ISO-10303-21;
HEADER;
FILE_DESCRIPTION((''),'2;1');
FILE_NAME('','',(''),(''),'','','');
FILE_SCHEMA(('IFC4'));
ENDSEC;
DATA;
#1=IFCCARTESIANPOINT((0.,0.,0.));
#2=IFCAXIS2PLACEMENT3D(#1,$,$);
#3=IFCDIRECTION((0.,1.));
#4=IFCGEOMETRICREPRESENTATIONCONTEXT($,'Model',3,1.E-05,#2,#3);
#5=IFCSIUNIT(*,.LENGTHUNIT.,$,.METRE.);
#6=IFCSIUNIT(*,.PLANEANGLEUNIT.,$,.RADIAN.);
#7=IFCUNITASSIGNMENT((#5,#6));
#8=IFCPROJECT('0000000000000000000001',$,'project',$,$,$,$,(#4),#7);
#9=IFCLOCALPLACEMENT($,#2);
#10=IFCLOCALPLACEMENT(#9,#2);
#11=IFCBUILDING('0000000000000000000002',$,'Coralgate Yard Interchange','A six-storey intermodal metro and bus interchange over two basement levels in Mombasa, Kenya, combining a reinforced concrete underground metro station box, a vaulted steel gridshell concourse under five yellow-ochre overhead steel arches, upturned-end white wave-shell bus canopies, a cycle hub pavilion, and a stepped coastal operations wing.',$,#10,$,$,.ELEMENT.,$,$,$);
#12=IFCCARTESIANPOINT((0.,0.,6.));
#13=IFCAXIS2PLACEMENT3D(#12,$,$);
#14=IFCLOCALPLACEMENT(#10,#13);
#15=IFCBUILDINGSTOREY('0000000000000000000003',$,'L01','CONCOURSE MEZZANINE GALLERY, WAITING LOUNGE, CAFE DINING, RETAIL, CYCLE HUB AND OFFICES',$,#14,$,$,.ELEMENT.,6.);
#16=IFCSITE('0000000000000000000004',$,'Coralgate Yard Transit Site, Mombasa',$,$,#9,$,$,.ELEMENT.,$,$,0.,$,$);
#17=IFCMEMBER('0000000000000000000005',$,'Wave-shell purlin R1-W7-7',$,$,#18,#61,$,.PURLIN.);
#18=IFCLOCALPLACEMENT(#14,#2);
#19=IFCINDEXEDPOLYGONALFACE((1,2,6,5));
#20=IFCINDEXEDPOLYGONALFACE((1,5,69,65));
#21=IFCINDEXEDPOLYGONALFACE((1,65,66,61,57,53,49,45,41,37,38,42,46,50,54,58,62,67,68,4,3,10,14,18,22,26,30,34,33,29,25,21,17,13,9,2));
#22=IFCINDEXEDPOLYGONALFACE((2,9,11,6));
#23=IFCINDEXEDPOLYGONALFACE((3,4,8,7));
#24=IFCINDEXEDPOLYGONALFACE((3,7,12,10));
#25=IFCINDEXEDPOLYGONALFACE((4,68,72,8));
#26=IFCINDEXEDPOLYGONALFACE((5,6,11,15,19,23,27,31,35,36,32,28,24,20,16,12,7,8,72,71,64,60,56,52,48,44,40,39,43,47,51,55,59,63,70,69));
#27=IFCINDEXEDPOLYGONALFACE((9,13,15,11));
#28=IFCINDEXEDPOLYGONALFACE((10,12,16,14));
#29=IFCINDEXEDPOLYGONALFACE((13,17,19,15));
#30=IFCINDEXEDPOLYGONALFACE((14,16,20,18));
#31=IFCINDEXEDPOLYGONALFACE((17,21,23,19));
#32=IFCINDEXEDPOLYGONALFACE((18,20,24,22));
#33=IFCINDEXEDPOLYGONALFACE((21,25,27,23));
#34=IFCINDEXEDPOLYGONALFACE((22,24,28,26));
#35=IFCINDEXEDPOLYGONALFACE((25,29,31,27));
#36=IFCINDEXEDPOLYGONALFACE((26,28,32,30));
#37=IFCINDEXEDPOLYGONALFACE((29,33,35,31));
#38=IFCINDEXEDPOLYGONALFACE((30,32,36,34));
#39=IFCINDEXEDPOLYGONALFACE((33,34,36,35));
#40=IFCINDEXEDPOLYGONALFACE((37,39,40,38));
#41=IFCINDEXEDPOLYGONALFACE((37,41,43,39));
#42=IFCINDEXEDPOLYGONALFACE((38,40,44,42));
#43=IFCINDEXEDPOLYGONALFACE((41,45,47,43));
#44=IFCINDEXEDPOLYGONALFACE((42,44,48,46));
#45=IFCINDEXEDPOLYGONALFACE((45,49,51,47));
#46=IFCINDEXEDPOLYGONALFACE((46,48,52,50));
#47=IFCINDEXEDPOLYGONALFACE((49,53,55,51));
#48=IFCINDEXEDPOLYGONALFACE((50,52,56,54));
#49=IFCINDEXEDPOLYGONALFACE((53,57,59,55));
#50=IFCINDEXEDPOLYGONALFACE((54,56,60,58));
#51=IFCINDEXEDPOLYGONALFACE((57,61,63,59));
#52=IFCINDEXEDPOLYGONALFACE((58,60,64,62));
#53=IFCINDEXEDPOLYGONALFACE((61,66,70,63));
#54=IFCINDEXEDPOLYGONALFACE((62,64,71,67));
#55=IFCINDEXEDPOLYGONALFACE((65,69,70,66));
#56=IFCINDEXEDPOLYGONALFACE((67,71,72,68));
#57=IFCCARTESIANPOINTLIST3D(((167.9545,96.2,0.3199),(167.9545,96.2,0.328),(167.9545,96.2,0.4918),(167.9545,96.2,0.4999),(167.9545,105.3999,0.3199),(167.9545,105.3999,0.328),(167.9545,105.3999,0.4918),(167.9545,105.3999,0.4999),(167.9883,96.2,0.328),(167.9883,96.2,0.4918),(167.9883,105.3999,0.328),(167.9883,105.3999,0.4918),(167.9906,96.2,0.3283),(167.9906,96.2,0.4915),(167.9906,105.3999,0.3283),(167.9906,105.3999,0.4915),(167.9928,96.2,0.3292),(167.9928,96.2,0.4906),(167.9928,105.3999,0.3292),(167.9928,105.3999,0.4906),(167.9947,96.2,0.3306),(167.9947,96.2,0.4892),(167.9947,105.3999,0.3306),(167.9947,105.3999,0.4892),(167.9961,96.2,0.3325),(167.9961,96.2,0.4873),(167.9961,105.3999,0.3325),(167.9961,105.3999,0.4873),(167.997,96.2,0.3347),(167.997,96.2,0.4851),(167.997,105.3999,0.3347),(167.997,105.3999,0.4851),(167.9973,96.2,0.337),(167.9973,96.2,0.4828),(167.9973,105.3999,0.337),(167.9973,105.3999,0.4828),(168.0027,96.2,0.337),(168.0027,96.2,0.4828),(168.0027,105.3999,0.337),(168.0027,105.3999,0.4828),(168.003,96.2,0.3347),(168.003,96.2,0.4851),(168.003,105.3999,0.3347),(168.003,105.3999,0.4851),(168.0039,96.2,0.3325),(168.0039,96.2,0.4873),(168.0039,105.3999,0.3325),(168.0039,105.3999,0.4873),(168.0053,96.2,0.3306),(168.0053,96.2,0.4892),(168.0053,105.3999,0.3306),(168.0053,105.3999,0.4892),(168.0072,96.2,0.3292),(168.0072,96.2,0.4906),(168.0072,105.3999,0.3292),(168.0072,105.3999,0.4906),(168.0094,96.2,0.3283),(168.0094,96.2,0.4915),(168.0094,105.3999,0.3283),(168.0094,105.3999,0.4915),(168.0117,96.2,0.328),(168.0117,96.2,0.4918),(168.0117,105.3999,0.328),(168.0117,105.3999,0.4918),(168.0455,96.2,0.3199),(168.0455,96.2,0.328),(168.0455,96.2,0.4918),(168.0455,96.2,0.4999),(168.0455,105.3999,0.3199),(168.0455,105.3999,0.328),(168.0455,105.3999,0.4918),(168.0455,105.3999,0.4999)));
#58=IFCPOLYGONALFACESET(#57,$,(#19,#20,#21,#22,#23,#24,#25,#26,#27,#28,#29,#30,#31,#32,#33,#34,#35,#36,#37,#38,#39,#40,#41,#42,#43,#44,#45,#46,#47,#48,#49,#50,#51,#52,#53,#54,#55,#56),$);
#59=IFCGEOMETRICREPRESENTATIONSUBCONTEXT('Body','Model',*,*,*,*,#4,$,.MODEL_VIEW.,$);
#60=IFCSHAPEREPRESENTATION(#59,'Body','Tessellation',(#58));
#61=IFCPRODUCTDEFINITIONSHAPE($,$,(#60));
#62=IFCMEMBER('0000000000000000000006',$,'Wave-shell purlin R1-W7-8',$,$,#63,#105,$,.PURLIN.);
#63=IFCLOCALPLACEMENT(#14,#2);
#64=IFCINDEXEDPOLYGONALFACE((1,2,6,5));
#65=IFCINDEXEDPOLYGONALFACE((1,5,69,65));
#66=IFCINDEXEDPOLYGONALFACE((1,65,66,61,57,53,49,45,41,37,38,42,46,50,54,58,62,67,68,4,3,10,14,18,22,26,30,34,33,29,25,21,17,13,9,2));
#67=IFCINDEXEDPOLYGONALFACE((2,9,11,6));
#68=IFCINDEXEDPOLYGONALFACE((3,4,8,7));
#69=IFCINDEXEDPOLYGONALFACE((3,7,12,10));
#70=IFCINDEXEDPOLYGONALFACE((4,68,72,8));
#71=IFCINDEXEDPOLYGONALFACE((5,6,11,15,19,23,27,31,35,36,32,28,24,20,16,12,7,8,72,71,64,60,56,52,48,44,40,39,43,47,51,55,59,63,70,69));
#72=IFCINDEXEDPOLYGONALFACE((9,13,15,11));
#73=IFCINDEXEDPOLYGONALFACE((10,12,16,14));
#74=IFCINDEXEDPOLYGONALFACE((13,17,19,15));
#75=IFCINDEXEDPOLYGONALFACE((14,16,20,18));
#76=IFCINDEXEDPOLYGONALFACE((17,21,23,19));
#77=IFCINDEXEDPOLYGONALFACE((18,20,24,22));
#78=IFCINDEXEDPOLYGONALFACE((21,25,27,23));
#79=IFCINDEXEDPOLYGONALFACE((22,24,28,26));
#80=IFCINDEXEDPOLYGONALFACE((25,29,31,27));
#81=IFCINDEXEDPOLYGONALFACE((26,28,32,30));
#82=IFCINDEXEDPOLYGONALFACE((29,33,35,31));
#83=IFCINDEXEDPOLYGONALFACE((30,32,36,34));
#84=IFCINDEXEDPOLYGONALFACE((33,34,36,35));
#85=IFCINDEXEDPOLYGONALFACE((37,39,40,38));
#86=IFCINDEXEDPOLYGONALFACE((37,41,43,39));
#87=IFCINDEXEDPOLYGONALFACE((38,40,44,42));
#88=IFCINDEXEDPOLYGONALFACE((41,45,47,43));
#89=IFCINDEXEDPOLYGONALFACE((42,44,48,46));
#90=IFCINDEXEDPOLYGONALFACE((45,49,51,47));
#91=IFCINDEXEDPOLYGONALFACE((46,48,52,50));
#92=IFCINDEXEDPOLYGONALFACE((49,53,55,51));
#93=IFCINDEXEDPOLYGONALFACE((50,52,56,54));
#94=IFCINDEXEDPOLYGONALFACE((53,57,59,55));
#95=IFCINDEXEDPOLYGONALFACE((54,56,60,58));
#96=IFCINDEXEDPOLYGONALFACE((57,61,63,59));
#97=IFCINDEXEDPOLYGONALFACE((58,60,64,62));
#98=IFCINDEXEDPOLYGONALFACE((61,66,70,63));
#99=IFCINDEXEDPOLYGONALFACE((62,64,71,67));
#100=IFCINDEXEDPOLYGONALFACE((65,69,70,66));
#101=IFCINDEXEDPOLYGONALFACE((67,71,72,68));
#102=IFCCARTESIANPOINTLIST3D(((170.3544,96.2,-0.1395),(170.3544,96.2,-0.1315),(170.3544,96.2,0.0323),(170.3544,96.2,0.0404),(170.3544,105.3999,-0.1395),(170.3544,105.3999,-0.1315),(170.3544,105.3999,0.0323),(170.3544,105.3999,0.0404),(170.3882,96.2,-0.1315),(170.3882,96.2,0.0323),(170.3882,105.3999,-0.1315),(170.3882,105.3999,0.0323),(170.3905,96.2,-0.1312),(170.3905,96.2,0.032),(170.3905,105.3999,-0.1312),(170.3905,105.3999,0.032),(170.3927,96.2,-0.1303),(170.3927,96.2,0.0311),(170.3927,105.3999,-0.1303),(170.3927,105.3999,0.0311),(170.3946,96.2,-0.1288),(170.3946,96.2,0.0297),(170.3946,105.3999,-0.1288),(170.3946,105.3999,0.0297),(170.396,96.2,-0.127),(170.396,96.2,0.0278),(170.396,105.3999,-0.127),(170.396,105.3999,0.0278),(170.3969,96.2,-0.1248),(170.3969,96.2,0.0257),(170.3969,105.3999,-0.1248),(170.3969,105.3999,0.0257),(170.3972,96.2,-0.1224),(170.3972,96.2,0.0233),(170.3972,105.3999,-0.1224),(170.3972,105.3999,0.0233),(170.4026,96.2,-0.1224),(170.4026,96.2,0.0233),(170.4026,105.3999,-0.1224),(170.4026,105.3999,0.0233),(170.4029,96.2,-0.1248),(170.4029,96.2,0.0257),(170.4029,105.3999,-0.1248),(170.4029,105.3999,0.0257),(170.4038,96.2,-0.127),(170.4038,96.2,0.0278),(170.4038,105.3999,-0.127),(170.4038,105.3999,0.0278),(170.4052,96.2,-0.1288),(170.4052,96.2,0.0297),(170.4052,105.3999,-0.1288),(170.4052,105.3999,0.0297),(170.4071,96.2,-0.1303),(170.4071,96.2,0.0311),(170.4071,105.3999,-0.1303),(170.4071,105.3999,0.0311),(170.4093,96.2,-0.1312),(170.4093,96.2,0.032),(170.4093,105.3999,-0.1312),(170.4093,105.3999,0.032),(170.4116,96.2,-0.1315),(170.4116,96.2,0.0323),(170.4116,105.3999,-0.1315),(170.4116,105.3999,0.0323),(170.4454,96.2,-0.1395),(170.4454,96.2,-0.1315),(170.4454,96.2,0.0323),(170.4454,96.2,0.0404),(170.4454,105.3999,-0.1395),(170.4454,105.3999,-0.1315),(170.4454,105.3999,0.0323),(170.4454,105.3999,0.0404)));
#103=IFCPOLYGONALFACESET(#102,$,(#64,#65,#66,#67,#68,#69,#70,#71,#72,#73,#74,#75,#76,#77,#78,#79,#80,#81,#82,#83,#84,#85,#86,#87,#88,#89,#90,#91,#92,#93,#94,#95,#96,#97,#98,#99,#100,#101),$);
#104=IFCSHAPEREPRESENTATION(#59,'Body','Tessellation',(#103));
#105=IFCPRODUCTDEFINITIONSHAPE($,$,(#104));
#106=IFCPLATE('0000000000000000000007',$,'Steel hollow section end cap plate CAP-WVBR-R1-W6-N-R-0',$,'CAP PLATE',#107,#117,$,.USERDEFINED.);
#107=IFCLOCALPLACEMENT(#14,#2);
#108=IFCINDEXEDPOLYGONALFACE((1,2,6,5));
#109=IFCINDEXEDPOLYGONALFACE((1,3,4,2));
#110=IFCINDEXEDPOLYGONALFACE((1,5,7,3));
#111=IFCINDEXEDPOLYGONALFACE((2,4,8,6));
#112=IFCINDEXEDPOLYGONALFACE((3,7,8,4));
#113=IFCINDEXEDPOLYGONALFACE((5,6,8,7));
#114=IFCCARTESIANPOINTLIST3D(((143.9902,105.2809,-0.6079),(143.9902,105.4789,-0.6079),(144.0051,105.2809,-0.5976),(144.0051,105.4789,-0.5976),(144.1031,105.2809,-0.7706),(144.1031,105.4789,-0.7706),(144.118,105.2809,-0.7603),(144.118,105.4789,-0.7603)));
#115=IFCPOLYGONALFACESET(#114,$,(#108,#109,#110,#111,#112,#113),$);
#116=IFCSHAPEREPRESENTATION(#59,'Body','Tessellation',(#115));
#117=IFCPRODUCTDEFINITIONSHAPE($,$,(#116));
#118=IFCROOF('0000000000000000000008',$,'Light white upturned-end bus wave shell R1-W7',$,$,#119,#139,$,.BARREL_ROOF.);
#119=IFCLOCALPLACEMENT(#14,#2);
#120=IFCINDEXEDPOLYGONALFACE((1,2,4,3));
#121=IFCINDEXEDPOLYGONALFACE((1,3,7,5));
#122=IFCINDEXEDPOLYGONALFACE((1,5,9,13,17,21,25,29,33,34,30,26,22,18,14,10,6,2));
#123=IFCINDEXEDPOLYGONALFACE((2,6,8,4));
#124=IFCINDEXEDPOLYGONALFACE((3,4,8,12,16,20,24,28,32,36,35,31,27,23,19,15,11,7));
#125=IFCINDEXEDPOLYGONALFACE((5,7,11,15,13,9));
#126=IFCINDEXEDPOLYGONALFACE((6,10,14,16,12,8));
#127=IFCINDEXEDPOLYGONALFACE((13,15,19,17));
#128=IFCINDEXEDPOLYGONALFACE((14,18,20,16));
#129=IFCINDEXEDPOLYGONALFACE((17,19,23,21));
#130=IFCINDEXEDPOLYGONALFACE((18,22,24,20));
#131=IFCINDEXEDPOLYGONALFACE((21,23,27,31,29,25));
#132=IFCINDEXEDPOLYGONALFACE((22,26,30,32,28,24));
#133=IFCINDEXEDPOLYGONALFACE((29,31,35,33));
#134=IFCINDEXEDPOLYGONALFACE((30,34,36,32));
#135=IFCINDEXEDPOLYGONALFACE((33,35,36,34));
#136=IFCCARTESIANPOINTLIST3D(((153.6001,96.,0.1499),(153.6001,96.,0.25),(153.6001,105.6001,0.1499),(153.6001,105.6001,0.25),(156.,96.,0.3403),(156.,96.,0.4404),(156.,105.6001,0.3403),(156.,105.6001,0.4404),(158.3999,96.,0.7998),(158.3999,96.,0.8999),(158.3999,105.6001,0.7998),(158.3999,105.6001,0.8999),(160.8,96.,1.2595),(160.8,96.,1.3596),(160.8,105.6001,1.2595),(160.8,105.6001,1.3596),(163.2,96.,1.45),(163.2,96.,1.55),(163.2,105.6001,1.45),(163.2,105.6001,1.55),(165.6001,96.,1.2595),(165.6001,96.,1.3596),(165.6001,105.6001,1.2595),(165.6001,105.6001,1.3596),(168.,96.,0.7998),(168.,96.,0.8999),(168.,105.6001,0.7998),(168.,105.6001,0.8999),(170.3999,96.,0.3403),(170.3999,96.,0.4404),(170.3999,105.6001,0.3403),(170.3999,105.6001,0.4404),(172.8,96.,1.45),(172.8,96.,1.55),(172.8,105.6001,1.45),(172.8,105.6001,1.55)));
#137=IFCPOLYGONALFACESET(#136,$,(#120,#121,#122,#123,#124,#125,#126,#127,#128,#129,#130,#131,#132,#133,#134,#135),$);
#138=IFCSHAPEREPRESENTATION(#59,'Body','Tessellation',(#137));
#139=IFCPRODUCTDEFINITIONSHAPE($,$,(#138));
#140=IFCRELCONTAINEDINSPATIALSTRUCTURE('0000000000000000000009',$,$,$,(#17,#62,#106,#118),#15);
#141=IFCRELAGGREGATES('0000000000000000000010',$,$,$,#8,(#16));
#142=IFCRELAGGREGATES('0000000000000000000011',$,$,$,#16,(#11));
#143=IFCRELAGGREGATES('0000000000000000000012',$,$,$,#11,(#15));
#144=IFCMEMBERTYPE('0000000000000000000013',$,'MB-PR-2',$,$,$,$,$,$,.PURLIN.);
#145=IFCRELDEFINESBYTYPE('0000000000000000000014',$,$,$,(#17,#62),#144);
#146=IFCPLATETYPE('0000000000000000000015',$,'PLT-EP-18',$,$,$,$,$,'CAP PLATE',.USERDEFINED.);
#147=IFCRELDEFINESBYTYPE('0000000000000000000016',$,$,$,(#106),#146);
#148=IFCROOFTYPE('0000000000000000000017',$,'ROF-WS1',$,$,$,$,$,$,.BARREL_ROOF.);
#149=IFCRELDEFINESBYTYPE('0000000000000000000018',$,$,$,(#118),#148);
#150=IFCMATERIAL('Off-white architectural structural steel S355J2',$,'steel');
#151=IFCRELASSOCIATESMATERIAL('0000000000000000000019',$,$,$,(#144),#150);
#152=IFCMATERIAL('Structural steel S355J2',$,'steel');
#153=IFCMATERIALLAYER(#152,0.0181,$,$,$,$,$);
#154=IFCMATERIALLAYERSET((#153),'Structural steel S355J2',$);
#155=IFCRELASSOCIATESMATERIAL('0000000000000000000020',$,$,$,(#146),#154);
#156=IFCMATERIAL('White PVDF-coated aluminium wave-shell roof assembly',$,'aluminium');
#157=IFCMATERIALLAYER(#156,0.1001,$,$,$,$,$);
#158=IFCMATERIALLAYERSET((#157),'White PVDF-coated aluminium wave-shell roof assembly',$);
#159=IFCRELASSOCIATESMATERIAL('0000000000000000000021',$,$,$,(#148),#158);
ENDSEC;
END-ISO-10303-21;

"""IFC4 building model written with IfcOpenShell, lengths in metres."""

from ifc_helpers import new_model, si_unit, direction, frame, origin, origin_2d, place, context, subcontext, project, spatial, polyline, rectangle, i_section, outline, extrude, material, layer, layer_set, material_profile, profile_set, type_object, element, save


model = new_model("IFC4")

# Units and contexts
model_context = context("Model", 3, precision=1e-05, world=origin(), true_north=direction((0.0, 1.0)))
body_context = subcontext(model_context, "Body", "Model", "MODEL_VIEW")
ifc_project = project(units=[si_unit("LENGTHUNIT", "METRE"), si_unit("PLANEANGLEUNIT", "RADIAN")], contexts=[model_context])

# Site, building, storey
site_placement = place(None, origin())
site = spatial("IfcSite", under=ifc_project, at=site_placement, Name="Coralgate Yard Transit Site, Mombasa", CompositionType="ELEMENT", RefElevation=0.0)
building_placement = place(site_placement, origin())
building = spatial("IfcBuilding", under=site, at=building_placement, Name="Coralgate Yard Interchange", Description="A six-storey intermodal metro and bus interchange over two basement levels in Mombasa, Kenya, combining a reinforced concrete underground metro station box, a vaulted steel gridshell concourse under five yellow-ochre overhead steel arches, upturned-end white wave-shell bus canopies, a cycle hub pavilion, and a stepped coastal operations wing.", CompositionType="ELEMENT")
storey_placement = place(building_placement, frame((0.0, 0.0, 6.0)))
storey = spatial("IfcBuildingStorey", under=building, at=storey_placement, Name="L01", Description="CONCOURSE MEZZANINE GALLERY, WAITING LOUNGE, CAFE DINING, RETAIL, CYCLE HUB AND OFFICES", CompositionType="ELEMENT", Elevation=6.0)

# Shared definitions
ifc_material_1 = material(Name="Structural steel S355J2", Category="steel")

# Shared definitions
ifc_material_2 = material(Name="Off-white architectural structural steel S355J2", Category="steel")

# Members
ifc_material_profile_1 = material_profile(ifc_material_2, i_section(OverallWidth=0.0911, OverallDepth=0.1799, WebThickness=0.0054, FlangeThickness=0.0081, FilletRadius=0.009, at=origin_2d()), Name="IPE 180")
ifc_profile_set_1 = profile_set([ifc_material_profile_1], Name="Off-white architectural structural steel S355J2")
member_type_1 = type_object("IfcMemberType", Name="MB-PR-2", PredefinedType="PURLIN", material=ifc_profile_set_1)
for number, where, z_axis, x_axis, name in (
    (1, (168.0, 96.2, 0.4099), (0.0, 1.0, 0.0), (-1.0, 0.0, 0.0), "Wave-shell purlin R1-W7-7"),
    (2, (170.3999, 96.2, -0.0496), (0.0, 1.0, 0.0), (-1.0, 0.0, 0.0), "Wave-shell purlin R1-W7-8"),
):
    element("IfcMember", number, at=place(storey_placement, frame(where, z_axis=z_axis, x_axis=x_axis)), inside=storey, type_object=member_type_1, Name=name, PredefinedType="PURLIN", context=body_context, shape_type="SweptSolid", body=[
        extrude(i_section(OverallWidth=0.0911, OverallDepth=0.1799, WebThickness=0.0054, FlangeThickness=0.0081, FilletRadius=0.009, at=origin_2d()), origin(), (0.0, 0.0, 1.0), 9.2),
    ])

# Plate
ifc_layer_1 = layer(ifc_material_1, 0.0181)
ifc_layer_set_1 = layer_set([ifc_layer_1], Name="Structural steel S355J2")
plate_type = type_object("IfcPlateType", Name="PLT-EP-18", ElementType="CAP PLATE", PredefinedType="USERDEFINED", material=ifc_layer_set_1)
plate_placement = place(storey_placement, frame((144.0615, 105.3799, -0.679), z_axis=(-0.821436, 0.0, -0.570301), x_axis=(0.0, -1.0, 0.0)))
element("IfcPlate", 3, at=plate_placement, inside=storey, type_object=plate_type, Name="Steel hollow section end cap plate CAP-WVBR-R1-W6-N-R-0", ObjectType="CAP PLATE", PredefinedType="USERDEFINED", context=body_context, shape_type="SweptSolid", body=[
    extrude(rectangle(XDim=0.198, YDim=0.198, at=origin_2d()), origin(), (0.0, 0.0, 1.0), 0.0181),
])

# Roof
ifc_material_3 = material(Name="White PVDF-coated aluminium wave-shell roof assembly", Category="aluminium")
ifc_layer_2 = layer(ifc_material_3, 0.1001)
ifc_layer_set_2 = layer_set([ifc_layer_2], Name="White PVDF-coated aluminium wave-shell roof assembly")
roof_type = type_object("IfcRoofType", Name="ROF-WS1", PredefinedType="BARREL_ROOF", material=ifc_layer_set_2)
roof_placement = place(storey_placement, frame((153.6001, 96.0, 0.25), z_axis=(0.0, 1.0, 0.0), x_axis=(-1.0, 0.0, 0.0)))
element("IfcRoof", 4, at=roof_placement, inside=storey, type_object=roof_type, Name="Light white upturned-end bus wave shell R1-W7", PredefinedType="BARREL_ROOF", context=body_context, shape_type="SweptSolid", body=[
    extrude(outline(polyline([(0.0, 0.0), (-2.3999, 0.1904), (-4.7998, 0.6499), (-7.2, 1.1096), (-9.5999, 1.3), (-12.0, 1.1096), (-14.3999, 0.6499), (-16.7998, 0.1904), (-19.2, 1.3), (-19.2, 1.2), (-16.7998, 0.0903), (-14.3999, 0.5498), (-12.0, 1.0095), (-9.5999, 1.2), (-7.2, 1.0095), (-4.7998, 0.5498), (-2.3999, 0.0903), (0.0, -0.1001), (0.0, 0.0)])), origin(), (0.0, 0.0, 1.0), 9.6001),
])

save(model, "model.ifc")
